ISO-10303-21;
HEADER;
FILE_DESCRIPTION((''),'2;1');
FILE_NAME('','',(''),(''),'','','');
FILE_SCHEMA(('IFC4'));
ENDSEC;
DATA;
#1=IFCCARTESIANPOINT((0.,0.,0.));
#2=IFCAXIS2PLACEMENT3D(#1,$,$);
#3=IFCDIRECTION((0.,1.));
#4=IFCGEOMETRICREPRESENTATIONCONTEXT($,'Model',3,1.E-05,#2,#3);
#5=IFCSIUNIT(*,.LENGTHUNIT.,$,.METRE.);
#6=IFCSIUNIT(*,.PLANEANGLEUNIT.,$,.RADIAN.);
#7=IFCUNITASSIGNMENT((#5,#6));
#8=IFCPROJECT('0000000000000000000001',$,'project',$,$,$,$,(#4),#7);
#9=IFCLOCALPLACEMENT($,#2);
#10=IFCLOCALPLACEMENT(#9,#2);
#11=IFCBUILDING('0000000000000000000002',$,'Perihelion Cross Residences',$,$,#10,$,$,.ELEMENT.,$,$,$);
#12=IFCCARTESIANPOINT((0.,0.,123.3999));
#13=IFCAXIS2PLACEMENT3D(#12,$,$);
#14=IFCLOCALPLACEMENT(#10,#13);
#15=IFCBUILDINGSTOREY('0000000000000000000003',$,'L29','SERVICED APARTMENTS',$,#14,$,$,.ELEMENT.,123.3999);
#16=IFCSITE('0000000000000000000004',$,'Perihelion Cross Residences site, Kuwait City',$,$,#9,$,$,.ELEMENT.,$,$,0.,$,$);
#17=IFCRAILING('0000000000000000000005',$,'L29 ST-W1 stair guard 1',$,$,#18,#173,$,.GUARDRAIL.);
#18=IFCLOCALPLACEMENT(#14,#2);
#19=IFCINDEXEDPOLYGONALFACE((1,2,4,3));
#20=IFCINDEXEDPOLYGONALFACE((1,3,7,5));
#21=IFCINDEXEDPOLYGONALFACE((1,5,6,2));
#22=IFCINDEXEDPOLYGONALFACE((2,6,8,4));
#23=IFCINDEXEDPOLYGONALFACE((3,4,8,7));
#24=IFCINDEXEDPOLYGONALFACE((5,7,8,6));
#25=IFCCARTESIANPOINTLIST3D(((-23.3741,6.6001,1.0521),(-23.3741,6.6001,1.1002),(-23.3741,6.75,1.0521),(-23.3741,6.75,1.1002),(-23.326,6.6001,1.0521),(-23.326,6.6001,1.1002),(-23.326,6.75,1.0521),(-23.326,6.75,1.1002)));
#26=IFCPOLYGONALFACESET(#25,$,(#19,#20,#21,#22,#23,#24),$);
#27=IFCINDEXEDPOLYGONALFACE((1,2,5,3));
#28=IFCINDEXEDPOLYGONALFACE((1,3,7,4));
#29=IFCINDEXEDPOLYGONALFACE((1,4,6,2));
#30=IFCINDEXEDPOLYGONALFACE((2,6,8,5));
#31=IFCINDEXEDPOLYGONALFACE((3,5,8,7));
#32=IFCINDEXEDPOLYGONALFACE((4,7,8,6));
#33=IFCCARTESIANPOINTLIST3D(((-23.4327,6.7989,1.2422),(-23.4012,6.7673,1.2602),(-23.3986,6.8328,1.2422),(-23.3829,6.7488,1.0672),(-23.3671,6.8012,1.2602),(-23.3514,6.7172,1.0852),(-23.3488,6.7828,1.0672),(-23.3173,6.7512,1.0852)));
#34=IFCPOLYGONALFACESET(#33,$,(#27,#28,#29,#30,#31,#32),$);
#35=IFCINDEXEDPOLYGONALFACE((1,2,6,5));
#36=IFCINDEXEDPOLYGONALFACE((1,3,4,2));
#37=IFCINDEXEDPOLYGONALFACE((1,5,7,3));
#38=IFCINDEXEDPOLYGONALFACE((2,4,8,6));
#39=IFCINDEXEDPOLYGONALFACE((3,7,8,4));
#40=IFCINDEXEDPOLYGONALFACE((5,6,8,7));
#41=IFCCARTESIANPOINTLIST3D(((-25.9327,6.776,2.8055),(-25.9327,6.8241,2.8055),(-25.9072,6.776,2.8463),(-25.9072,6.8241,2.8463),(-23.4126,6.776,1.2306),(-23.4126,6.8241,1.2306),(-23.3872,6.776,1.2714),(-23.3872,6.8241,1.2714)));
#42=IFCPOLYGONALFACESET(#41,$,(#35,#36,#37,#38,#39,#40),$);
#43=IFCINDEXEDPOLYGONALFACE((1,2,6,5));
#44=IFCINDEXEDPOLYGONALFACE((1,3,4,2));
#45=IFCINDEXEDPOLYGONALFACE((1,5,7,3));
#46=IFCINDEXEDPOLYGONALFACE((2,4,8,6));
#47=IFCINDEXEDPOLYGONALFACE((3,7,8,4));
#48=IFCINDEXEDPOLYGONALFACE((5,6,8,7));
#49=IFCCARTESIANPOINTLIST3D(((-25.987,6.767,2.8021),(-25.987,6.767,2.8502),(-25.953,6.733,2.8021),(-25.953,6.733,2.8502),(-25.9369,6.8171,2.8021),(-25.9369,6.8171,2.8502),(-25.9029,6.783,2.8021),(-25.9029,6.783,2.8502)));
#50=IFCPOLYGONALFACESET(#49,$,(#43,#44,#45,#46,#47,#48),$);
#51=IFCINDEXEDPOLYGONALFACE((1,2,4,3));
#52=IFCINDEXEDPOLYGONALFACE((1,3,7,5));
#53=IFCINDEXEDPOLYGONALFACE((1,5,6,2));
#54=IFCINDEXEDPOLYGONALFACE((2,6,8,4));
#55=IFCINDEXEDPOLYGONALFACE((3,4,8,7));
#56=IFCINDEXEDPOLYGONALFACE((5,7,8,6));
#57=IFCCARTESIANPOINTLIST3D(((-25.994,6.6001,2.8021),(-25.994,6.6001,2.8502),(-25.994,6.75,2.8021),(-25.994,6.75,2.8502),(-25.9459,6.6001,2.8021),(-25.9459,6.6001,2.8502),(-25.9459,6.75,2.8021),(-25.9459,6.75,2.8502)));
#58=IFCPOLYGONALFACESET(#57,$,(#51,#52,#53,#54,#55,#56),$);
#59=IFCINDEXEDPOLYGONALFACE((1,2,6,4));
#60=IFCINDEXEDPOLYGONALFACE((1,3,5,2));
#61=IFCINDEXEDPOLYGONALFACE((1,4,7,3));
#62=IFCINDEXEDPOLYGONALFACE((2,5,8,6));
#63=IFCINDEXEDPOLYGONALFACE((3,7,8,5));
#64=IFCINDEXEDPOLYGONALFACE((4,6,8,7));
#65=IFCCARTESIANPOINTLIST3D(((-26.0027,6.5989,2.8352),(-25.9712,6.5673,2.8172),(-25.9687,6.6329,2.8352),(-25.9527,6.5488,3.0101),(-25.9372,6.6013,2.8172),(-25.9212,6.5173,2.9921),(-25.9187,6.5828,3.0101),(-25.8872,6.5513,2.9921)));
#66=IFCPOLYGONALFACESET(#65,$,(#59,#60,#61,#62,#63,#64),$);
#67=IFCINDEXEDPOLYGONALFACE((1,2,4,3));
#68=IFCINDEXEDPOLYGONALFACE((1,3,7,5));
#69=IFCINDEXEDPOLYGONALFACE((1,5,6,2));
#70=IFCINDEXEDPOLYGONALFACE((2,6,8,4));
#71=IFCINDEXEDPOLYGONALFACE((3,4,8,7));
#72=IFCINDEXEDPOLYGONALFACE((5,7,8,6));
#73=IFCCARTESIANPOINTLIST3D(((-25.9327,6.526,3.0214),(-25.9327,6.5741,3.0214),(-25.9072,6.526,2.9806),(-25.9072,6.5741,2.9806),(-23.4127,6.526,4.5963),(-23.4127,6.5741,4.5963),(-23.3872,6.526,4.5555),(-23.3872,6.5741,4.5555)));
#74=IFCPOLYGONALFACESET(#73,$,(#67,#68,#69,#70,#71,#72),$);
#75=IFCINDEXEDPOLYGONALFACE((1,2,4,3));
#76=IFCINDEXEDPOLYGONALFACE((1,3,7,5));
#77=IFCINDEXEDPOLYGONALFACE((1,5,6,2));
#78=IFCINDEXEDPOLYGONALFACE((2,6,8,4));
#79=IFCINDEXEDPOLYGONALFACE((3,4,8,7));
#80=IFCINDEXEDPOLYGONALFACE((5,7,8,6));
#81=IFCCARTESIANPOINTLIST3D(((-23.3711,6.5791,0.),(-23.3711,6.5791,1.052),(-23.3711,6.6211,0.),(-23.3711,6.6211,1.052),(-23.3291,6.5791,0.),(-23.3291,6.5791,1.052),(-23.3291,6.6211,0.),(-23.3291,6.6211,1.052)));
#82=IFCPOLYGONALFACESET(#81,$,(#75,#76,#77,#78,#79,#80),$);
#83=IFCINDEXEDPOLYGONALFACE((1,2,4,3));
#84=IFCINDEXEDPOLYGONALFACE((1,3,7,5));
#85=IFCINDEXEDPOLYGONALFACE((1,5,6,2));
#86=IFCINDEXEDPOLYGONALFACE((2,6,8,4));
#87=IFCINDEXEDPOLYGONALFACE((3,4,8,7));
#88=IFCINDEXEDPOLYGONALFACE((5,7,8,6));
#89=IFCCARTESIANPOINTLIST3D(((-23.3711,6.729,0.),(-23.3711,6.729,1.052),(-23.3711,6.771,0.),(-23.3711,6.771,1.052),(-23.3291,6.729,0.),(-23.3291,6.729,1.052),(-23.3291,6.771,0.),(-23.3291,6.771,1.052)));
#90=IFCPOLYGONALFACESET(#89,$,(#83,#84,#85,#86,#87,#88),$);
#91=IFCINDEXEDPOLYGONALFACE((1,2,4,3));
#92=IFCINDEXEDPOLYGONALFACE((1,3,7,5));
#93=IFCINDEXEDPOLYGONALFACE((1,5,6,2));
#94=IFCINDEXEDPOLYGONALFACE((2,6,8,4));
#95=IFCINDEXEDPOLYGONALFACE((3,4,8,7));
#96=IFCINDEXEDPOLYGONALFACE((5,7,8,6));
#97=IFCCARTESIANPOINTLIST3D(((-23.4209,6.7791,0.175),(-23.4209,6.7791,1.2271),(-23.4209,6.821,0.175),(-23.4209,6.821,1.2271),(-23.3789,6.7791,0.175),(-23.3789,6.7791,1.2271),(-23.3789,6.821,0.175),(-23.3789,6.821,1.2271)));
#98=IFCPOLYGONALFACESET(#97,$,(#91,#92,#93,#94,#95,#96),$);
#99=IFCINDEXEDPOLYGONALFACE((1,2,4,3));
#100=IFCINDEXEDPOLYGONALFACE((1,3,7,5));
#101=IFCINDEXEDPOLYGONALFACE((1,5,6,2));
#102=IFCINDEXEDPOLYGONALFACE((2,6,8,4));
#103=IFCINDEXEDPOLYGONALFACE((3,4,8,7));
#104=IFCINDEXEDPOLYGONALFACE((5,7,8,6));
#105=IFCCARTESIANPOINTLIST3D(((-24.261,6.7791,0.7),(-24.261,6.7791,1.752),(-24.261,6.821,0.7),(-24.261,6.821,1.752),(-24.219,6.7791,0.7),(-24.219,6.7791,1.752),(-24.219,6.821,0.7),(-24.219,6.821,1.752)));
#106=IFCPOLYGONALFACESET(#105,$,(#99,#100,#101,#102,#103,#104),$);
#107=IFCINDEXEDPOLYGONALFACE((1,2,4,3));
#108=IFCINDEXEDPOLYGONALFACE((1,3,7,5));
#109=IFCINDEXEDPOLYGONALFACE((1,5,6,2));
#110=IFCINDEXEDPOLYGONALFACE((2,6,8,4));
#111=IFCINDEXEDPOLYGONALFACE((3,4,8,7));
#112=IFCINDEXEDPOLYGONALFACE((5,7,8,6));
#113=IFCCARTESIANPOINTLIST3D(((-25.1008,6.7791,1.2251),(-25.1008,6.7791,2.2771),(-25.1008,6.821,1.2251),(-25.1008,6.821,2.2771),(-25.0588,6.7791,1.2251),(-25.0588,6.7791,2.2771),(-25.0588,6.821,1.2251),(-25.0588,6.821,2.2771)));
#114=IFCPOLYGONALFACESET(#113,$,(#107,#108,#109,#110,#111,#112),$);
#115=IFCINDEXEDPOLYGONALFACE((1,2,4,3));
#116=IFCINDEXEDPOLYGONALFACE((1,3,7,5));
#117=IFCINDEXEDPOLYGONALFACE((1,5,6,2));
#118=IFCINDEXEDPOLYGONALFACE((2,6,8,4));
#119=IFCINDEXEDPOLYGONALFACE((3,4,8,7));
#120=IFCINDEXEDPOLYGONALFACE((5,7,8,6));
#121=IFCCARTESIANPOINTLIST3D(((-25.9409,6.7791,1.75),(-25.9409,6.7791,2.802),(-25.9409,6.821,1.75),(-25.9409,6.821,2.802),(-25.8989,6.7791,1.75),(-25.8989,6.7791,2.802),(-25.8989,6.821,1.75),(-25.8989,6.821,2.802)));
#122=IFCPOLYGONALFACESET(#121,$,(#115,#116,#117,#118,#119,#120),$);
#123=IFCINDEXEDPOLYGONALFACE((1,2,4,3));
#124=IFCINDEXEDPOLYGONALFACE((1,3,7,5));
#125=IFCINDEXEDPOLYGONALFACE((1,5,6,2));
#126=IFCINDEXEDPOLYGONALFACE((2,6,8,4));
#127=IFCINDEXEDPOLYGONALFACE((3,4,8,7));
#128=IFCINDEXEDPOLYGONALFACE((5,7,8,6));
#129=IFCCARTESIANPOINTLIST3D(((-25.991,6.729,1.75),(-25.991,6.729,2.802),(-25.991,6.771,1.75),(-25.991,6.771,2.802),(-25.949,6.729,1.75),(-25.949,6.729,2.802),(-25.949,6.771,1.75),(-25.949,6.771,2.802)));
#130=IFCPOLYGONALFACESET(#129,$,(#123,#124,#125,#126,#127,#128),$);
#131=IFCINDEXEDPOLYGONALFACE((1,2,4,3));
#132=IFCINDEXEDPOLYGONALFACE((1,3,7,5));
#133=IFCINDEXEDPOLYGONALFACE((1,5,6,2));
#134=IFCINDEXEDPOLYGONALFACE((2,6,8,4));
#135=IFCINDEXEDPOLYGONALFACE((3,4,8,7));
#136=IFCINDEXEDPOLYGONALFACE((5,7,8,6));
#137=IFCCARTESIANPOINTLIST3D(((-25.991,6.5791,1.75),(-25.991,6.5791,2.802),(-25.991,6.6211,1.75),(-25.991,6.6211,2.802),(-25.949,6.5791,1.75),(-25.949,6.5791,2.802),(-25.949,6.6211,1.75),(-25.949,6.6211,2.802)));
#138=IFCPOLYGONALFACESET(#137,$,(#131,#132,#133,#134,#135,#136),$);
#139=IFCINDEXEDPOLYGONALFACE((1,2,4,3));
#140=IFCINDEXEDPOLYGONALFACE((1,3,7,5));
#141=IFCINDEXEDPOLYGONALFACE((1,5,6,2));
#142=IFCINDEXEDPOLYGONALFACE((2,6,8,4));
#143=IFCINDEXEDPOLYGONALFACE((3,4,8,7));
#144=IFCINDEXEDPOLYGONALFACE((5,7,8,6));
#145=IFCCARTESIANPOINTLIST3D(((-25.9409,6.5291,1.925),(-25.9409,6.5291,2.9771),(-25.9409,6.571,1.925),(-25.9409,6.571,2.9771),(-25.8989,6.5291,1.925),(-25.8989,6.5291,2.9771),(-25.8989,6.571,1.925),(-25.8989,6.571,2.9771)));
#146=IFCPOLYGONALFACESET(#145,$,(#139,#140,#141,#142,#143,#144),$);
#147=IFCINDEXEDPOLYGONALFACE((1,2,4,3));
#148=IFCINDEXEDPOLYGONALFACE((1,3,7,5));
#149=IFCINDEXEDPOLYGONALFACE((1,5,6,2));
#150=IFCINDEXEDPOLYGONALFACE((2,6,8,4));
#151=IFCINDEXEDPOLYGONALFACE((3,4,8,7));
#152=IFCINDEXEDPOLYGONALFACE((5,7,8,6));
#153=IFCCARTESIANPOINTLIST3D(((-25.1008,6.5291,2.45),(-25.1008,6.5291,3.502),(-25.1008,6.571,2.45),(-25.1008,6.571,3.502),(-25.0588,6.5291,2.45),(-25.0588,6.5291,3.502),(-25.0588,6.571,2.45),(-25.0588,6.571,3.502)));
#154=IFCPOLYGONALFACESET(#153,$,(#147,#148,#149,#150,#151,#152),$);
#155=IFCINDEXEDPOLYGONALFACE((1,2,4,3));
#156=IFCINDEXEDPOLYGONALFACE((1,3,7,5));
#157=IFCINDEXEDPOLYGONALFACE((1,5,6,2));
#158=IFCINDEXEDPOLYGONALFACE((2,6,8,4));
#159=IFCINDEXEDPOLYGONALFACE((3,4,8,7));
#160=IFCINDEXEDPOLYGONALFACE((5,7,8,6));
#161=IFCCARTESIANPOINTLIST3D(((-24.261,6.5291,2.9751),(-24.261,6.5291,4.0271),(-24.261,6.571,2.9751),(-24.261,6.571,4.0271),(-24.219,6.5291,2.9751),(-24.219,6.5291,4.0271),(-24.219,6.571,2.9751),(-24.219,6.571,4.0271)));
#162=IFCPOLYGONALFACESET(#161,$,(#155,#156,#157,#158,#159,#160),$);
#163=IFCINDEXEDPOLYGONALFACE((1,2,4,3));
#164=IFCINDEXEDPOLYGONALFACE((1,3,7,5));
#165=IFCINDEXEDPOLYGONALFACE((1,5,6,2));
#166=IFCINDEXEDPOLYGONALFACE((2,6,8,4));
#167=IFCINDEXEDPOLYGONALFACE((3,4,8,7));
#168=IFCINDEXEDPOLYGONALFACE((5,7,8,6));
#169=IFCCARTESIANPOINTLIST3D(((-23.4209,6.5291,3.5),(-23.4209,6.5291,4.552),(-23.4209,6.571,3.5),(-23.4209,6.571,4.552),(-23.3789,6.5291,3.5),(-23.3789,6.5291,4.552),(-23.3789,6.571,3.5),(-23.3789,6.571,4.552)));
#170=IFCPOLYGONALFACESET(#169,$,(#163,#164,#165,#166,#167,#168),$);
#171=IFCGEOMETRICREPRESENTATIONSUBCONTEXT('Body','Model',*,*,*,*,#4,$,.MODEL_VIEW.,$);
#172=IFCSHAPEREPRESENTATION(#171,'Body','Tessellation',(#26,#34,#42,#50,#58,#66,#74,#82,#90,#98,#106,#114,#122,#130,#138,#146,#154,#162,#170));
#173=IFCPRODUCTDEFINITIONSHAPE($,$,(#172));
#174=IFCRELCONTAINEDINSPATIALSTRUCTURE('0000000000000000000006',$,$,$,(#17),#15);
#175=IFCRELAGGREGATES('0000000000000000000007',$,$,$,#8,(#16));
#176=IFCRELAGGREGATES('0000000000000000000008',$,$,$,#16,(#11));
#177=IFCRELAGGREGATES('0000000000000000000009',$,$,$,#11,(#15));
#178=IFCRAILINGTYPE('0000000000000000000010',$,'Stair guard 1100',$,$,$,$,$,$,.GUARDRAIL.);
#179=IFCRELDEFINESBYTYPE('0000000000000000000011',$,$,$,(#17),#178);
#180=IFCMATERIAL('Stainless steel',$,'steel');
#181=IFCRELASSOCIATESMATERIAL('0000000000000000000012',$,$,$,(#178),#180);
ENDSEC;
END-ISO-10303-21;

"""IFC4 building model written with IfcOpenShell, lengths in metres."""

from ifc_helpers import new_model, si_unit, direction, frame, origin, origin_2d, place, context, subcontext, project, spatial, rectangle, extrude, material, type_object, element, save


model = new_model("IFC4")

# Units and contexts
model_context = context("Model", 3, precision=1e-05, world=origin(), true_north=direction((0.0, 1.0)))
body_context = subcontext(model_context, "Body", "Model", "MODEL_VIEW")
ifc_project = project(units=[si_unit("LENGTHUNIT", "METRE"), si_unit("PLANEANGLEUNIT", "RADIAN")], contexts=[model_context])

# Site, building, storey
site_placement = place(None, origin())
site = spatial("IfcSite", under=ifc_project, at=site_placement, Name="Perihelion Cross Residences site, Kuwait City", CompositionType="ELEMENT", RefElevation=0.0)
building_placement = place(site_placement, origin())
building = spatial("IfcBuilding", under=site, at=building_placement, Name="Perihelion Cross Residences", CompositionType="ELEMENT")
storey_placement = place(building_placement, frame((0.0, 0.0, 123.3999)))
storey = spatial("IfcBuildingStorey", under=building, at=storey_placement, Name="L29", Description="SERVICED APARTMENTS", CompositionType="ELEMENT", Elevation=123.3999)

# Railing
ifc_material_1 = material(Name="Stainless steel", Category="steel")
railing_type_1 = type_object("IfcRailingType", Name="Stair guard 1100", PredefinedType="GUARDRAIL", material=ifc_material_1)
railing_1_placement = place(storey_placement, frame((-23.3501, 6.6001, 0.0)))
element("IfcRailing", 1, at=railing_1_placement, inside=storey, type_object=railing_type_1, Name="L29 ST-W1 stair guard 1", PredefinedType="GUARDRAIL", context=body_context, shape_type="SweptSolid", body=[
    extrude(rectangle(XDim=0.0481, YDim=0.0481, at=origin_2d()), frame((0.0, 0.0, 1.0762), z_axis=(0.0, 1.0, 0.0), x_axis=(-1.0, 0.0, 0.0)), (0.0, 0.0, 1.0), 0.1499),
    extrude(rectangle(XDim=0.0481, YDim=0.0481, at=origin_2d()), frame((0.0, 0.1499, 1.0762), z_axis=(-0.263862, 0.265156, 0.927399), x_axis=(-0.708834, -0.705376, 0.0)), (0.0, 0.0, 1.0), 0.1887),
    extrude(rectangle(XDim=0.0481, YDim=0.0481, at=origin_2d()), frame((-0.0498, 0.2, 1.251), z_axis=(-0.848008, 0.0, 0.529984), x_axis=(0.0, -1.0, 0.0)), (0.0, 0.0, 1.0), 2.9717),
    extrude(rectangle(XDim=0.0481, YDim=0.0481, at=origin_2d()), frame((-2.5698, 0.2, 2.8262), z_axis=(-0.707107, -0.707107, 0.0), x_axis=(0.707107, -0.707107, 0.0)), (0.0, 0.0, 1.0), 0.0708),
    extrude(rectangle(XDim=0.0481, YDim=0.0481, at=origin_2d()), frame((-2.6199, 0.1499, 2.8262), z_axis=(0.0, -1.0, 0.0), x_axis=(1.0, 0.0, 0.0)), (0.0, 0.0, 1.0), 0.1499),
    extrude(rectangle(XDim=0.0481, YDim=0.0481, at=origin_2d()), frame((-2.6199, 0.0, 2.8262), z_axis=(0.265065, -0.265065, 0.927082), x_axis=(0.707107, 0.707107, 0.0)), (0.0, 0.0, 1.0), 0.1887),
    extrude(rectangle(XDim=0.0481, YDim=0.0481, at=origin_2d()), frame((-2.5698, -0.05, 3.001), z_axis=(0.848008, 0.0, 0.529984), x_axis=(0.0, 1.0, 0.0)), (0.0, 0.0, 1.0), 2.9717),
    extrude(rectangle(XDim=0.042, YDim=0.042, at=origin_2d()), origin(), (0.0, 0.0, 1.0), 1.052),
    extrude(rectangle(XDim=0.042, YDim=0.042, at=origin_2d()), frame((0.0, 0.1499, 0.0)), (0.0, 0.0, 1.0), 1.052),
    extrude(rectangle(XDim=0.042, YDim=0.042, at=origin_2d()), frame((-0.0498, 0.2, 0.175)), (0.0, 0.0, 1.0), 1.052),
    extrude(rectangle(XDim=0.042, YDim=0.042, at=origin_2d()), frame((-0.8899, 0.2, 0.7)), (0.0, 0.0, 1.0), 1.052),
    extrude(rectangle(XDim=0.042, YDim=0.042, at=origin_2d()), frame((-1.7297, 0.2, 1.2251)), (0.0, 0.0, 1.0), 1.052),
    extrude(rectangle(XDim=0.042, YDim=0.042, at=origin_2d()), frame((-2.5698, 0.2, 1.75)), (0.0, 0.0, 1.0), 1.052),
    extrude(rectangle(XDim=0.042, YDim=0.042, at=origin_2d()), frame((-2.6199, 0.1499, 1.75)), (0.0, 0.0, 1.0), 1.052),
    extrude(rectangle(XDim=0.042, YDim=0.042, at=origin_2d()), frame((-2.6199, 0.0, 1.75)), (0.0, 0.0, 1.0), 1.052),
    extrude(rectangle(XDim=0.042, YDim=0.042, at=origin_2d()), frame((-2.5698, -0.05, 1.925)), (0.0, 0.0, 1.0), 1.052),
    extrude(rectangle(XDim=0.042, YDim=0.042, at=origin_2d()), frame((-1.7297, -0.05, 2.45)), (0.0, 0.0, 1.0), 1.052),
    extrude(rectangle(XDim=0.042, YDim=0.042, at=origin_2d()), frame((-0.8899, -0.05, 2.9751)), (0.0, 0.0, 1.0), 1.052),
    extrude(rectangle(XDim=0.042, YDim=0.042, at=origin_2d()), frame((-0.0498, -0.05, 3.5)), (0.0, 0.0, 1.0), 1.052),
])

save(model, "model.ifc")
